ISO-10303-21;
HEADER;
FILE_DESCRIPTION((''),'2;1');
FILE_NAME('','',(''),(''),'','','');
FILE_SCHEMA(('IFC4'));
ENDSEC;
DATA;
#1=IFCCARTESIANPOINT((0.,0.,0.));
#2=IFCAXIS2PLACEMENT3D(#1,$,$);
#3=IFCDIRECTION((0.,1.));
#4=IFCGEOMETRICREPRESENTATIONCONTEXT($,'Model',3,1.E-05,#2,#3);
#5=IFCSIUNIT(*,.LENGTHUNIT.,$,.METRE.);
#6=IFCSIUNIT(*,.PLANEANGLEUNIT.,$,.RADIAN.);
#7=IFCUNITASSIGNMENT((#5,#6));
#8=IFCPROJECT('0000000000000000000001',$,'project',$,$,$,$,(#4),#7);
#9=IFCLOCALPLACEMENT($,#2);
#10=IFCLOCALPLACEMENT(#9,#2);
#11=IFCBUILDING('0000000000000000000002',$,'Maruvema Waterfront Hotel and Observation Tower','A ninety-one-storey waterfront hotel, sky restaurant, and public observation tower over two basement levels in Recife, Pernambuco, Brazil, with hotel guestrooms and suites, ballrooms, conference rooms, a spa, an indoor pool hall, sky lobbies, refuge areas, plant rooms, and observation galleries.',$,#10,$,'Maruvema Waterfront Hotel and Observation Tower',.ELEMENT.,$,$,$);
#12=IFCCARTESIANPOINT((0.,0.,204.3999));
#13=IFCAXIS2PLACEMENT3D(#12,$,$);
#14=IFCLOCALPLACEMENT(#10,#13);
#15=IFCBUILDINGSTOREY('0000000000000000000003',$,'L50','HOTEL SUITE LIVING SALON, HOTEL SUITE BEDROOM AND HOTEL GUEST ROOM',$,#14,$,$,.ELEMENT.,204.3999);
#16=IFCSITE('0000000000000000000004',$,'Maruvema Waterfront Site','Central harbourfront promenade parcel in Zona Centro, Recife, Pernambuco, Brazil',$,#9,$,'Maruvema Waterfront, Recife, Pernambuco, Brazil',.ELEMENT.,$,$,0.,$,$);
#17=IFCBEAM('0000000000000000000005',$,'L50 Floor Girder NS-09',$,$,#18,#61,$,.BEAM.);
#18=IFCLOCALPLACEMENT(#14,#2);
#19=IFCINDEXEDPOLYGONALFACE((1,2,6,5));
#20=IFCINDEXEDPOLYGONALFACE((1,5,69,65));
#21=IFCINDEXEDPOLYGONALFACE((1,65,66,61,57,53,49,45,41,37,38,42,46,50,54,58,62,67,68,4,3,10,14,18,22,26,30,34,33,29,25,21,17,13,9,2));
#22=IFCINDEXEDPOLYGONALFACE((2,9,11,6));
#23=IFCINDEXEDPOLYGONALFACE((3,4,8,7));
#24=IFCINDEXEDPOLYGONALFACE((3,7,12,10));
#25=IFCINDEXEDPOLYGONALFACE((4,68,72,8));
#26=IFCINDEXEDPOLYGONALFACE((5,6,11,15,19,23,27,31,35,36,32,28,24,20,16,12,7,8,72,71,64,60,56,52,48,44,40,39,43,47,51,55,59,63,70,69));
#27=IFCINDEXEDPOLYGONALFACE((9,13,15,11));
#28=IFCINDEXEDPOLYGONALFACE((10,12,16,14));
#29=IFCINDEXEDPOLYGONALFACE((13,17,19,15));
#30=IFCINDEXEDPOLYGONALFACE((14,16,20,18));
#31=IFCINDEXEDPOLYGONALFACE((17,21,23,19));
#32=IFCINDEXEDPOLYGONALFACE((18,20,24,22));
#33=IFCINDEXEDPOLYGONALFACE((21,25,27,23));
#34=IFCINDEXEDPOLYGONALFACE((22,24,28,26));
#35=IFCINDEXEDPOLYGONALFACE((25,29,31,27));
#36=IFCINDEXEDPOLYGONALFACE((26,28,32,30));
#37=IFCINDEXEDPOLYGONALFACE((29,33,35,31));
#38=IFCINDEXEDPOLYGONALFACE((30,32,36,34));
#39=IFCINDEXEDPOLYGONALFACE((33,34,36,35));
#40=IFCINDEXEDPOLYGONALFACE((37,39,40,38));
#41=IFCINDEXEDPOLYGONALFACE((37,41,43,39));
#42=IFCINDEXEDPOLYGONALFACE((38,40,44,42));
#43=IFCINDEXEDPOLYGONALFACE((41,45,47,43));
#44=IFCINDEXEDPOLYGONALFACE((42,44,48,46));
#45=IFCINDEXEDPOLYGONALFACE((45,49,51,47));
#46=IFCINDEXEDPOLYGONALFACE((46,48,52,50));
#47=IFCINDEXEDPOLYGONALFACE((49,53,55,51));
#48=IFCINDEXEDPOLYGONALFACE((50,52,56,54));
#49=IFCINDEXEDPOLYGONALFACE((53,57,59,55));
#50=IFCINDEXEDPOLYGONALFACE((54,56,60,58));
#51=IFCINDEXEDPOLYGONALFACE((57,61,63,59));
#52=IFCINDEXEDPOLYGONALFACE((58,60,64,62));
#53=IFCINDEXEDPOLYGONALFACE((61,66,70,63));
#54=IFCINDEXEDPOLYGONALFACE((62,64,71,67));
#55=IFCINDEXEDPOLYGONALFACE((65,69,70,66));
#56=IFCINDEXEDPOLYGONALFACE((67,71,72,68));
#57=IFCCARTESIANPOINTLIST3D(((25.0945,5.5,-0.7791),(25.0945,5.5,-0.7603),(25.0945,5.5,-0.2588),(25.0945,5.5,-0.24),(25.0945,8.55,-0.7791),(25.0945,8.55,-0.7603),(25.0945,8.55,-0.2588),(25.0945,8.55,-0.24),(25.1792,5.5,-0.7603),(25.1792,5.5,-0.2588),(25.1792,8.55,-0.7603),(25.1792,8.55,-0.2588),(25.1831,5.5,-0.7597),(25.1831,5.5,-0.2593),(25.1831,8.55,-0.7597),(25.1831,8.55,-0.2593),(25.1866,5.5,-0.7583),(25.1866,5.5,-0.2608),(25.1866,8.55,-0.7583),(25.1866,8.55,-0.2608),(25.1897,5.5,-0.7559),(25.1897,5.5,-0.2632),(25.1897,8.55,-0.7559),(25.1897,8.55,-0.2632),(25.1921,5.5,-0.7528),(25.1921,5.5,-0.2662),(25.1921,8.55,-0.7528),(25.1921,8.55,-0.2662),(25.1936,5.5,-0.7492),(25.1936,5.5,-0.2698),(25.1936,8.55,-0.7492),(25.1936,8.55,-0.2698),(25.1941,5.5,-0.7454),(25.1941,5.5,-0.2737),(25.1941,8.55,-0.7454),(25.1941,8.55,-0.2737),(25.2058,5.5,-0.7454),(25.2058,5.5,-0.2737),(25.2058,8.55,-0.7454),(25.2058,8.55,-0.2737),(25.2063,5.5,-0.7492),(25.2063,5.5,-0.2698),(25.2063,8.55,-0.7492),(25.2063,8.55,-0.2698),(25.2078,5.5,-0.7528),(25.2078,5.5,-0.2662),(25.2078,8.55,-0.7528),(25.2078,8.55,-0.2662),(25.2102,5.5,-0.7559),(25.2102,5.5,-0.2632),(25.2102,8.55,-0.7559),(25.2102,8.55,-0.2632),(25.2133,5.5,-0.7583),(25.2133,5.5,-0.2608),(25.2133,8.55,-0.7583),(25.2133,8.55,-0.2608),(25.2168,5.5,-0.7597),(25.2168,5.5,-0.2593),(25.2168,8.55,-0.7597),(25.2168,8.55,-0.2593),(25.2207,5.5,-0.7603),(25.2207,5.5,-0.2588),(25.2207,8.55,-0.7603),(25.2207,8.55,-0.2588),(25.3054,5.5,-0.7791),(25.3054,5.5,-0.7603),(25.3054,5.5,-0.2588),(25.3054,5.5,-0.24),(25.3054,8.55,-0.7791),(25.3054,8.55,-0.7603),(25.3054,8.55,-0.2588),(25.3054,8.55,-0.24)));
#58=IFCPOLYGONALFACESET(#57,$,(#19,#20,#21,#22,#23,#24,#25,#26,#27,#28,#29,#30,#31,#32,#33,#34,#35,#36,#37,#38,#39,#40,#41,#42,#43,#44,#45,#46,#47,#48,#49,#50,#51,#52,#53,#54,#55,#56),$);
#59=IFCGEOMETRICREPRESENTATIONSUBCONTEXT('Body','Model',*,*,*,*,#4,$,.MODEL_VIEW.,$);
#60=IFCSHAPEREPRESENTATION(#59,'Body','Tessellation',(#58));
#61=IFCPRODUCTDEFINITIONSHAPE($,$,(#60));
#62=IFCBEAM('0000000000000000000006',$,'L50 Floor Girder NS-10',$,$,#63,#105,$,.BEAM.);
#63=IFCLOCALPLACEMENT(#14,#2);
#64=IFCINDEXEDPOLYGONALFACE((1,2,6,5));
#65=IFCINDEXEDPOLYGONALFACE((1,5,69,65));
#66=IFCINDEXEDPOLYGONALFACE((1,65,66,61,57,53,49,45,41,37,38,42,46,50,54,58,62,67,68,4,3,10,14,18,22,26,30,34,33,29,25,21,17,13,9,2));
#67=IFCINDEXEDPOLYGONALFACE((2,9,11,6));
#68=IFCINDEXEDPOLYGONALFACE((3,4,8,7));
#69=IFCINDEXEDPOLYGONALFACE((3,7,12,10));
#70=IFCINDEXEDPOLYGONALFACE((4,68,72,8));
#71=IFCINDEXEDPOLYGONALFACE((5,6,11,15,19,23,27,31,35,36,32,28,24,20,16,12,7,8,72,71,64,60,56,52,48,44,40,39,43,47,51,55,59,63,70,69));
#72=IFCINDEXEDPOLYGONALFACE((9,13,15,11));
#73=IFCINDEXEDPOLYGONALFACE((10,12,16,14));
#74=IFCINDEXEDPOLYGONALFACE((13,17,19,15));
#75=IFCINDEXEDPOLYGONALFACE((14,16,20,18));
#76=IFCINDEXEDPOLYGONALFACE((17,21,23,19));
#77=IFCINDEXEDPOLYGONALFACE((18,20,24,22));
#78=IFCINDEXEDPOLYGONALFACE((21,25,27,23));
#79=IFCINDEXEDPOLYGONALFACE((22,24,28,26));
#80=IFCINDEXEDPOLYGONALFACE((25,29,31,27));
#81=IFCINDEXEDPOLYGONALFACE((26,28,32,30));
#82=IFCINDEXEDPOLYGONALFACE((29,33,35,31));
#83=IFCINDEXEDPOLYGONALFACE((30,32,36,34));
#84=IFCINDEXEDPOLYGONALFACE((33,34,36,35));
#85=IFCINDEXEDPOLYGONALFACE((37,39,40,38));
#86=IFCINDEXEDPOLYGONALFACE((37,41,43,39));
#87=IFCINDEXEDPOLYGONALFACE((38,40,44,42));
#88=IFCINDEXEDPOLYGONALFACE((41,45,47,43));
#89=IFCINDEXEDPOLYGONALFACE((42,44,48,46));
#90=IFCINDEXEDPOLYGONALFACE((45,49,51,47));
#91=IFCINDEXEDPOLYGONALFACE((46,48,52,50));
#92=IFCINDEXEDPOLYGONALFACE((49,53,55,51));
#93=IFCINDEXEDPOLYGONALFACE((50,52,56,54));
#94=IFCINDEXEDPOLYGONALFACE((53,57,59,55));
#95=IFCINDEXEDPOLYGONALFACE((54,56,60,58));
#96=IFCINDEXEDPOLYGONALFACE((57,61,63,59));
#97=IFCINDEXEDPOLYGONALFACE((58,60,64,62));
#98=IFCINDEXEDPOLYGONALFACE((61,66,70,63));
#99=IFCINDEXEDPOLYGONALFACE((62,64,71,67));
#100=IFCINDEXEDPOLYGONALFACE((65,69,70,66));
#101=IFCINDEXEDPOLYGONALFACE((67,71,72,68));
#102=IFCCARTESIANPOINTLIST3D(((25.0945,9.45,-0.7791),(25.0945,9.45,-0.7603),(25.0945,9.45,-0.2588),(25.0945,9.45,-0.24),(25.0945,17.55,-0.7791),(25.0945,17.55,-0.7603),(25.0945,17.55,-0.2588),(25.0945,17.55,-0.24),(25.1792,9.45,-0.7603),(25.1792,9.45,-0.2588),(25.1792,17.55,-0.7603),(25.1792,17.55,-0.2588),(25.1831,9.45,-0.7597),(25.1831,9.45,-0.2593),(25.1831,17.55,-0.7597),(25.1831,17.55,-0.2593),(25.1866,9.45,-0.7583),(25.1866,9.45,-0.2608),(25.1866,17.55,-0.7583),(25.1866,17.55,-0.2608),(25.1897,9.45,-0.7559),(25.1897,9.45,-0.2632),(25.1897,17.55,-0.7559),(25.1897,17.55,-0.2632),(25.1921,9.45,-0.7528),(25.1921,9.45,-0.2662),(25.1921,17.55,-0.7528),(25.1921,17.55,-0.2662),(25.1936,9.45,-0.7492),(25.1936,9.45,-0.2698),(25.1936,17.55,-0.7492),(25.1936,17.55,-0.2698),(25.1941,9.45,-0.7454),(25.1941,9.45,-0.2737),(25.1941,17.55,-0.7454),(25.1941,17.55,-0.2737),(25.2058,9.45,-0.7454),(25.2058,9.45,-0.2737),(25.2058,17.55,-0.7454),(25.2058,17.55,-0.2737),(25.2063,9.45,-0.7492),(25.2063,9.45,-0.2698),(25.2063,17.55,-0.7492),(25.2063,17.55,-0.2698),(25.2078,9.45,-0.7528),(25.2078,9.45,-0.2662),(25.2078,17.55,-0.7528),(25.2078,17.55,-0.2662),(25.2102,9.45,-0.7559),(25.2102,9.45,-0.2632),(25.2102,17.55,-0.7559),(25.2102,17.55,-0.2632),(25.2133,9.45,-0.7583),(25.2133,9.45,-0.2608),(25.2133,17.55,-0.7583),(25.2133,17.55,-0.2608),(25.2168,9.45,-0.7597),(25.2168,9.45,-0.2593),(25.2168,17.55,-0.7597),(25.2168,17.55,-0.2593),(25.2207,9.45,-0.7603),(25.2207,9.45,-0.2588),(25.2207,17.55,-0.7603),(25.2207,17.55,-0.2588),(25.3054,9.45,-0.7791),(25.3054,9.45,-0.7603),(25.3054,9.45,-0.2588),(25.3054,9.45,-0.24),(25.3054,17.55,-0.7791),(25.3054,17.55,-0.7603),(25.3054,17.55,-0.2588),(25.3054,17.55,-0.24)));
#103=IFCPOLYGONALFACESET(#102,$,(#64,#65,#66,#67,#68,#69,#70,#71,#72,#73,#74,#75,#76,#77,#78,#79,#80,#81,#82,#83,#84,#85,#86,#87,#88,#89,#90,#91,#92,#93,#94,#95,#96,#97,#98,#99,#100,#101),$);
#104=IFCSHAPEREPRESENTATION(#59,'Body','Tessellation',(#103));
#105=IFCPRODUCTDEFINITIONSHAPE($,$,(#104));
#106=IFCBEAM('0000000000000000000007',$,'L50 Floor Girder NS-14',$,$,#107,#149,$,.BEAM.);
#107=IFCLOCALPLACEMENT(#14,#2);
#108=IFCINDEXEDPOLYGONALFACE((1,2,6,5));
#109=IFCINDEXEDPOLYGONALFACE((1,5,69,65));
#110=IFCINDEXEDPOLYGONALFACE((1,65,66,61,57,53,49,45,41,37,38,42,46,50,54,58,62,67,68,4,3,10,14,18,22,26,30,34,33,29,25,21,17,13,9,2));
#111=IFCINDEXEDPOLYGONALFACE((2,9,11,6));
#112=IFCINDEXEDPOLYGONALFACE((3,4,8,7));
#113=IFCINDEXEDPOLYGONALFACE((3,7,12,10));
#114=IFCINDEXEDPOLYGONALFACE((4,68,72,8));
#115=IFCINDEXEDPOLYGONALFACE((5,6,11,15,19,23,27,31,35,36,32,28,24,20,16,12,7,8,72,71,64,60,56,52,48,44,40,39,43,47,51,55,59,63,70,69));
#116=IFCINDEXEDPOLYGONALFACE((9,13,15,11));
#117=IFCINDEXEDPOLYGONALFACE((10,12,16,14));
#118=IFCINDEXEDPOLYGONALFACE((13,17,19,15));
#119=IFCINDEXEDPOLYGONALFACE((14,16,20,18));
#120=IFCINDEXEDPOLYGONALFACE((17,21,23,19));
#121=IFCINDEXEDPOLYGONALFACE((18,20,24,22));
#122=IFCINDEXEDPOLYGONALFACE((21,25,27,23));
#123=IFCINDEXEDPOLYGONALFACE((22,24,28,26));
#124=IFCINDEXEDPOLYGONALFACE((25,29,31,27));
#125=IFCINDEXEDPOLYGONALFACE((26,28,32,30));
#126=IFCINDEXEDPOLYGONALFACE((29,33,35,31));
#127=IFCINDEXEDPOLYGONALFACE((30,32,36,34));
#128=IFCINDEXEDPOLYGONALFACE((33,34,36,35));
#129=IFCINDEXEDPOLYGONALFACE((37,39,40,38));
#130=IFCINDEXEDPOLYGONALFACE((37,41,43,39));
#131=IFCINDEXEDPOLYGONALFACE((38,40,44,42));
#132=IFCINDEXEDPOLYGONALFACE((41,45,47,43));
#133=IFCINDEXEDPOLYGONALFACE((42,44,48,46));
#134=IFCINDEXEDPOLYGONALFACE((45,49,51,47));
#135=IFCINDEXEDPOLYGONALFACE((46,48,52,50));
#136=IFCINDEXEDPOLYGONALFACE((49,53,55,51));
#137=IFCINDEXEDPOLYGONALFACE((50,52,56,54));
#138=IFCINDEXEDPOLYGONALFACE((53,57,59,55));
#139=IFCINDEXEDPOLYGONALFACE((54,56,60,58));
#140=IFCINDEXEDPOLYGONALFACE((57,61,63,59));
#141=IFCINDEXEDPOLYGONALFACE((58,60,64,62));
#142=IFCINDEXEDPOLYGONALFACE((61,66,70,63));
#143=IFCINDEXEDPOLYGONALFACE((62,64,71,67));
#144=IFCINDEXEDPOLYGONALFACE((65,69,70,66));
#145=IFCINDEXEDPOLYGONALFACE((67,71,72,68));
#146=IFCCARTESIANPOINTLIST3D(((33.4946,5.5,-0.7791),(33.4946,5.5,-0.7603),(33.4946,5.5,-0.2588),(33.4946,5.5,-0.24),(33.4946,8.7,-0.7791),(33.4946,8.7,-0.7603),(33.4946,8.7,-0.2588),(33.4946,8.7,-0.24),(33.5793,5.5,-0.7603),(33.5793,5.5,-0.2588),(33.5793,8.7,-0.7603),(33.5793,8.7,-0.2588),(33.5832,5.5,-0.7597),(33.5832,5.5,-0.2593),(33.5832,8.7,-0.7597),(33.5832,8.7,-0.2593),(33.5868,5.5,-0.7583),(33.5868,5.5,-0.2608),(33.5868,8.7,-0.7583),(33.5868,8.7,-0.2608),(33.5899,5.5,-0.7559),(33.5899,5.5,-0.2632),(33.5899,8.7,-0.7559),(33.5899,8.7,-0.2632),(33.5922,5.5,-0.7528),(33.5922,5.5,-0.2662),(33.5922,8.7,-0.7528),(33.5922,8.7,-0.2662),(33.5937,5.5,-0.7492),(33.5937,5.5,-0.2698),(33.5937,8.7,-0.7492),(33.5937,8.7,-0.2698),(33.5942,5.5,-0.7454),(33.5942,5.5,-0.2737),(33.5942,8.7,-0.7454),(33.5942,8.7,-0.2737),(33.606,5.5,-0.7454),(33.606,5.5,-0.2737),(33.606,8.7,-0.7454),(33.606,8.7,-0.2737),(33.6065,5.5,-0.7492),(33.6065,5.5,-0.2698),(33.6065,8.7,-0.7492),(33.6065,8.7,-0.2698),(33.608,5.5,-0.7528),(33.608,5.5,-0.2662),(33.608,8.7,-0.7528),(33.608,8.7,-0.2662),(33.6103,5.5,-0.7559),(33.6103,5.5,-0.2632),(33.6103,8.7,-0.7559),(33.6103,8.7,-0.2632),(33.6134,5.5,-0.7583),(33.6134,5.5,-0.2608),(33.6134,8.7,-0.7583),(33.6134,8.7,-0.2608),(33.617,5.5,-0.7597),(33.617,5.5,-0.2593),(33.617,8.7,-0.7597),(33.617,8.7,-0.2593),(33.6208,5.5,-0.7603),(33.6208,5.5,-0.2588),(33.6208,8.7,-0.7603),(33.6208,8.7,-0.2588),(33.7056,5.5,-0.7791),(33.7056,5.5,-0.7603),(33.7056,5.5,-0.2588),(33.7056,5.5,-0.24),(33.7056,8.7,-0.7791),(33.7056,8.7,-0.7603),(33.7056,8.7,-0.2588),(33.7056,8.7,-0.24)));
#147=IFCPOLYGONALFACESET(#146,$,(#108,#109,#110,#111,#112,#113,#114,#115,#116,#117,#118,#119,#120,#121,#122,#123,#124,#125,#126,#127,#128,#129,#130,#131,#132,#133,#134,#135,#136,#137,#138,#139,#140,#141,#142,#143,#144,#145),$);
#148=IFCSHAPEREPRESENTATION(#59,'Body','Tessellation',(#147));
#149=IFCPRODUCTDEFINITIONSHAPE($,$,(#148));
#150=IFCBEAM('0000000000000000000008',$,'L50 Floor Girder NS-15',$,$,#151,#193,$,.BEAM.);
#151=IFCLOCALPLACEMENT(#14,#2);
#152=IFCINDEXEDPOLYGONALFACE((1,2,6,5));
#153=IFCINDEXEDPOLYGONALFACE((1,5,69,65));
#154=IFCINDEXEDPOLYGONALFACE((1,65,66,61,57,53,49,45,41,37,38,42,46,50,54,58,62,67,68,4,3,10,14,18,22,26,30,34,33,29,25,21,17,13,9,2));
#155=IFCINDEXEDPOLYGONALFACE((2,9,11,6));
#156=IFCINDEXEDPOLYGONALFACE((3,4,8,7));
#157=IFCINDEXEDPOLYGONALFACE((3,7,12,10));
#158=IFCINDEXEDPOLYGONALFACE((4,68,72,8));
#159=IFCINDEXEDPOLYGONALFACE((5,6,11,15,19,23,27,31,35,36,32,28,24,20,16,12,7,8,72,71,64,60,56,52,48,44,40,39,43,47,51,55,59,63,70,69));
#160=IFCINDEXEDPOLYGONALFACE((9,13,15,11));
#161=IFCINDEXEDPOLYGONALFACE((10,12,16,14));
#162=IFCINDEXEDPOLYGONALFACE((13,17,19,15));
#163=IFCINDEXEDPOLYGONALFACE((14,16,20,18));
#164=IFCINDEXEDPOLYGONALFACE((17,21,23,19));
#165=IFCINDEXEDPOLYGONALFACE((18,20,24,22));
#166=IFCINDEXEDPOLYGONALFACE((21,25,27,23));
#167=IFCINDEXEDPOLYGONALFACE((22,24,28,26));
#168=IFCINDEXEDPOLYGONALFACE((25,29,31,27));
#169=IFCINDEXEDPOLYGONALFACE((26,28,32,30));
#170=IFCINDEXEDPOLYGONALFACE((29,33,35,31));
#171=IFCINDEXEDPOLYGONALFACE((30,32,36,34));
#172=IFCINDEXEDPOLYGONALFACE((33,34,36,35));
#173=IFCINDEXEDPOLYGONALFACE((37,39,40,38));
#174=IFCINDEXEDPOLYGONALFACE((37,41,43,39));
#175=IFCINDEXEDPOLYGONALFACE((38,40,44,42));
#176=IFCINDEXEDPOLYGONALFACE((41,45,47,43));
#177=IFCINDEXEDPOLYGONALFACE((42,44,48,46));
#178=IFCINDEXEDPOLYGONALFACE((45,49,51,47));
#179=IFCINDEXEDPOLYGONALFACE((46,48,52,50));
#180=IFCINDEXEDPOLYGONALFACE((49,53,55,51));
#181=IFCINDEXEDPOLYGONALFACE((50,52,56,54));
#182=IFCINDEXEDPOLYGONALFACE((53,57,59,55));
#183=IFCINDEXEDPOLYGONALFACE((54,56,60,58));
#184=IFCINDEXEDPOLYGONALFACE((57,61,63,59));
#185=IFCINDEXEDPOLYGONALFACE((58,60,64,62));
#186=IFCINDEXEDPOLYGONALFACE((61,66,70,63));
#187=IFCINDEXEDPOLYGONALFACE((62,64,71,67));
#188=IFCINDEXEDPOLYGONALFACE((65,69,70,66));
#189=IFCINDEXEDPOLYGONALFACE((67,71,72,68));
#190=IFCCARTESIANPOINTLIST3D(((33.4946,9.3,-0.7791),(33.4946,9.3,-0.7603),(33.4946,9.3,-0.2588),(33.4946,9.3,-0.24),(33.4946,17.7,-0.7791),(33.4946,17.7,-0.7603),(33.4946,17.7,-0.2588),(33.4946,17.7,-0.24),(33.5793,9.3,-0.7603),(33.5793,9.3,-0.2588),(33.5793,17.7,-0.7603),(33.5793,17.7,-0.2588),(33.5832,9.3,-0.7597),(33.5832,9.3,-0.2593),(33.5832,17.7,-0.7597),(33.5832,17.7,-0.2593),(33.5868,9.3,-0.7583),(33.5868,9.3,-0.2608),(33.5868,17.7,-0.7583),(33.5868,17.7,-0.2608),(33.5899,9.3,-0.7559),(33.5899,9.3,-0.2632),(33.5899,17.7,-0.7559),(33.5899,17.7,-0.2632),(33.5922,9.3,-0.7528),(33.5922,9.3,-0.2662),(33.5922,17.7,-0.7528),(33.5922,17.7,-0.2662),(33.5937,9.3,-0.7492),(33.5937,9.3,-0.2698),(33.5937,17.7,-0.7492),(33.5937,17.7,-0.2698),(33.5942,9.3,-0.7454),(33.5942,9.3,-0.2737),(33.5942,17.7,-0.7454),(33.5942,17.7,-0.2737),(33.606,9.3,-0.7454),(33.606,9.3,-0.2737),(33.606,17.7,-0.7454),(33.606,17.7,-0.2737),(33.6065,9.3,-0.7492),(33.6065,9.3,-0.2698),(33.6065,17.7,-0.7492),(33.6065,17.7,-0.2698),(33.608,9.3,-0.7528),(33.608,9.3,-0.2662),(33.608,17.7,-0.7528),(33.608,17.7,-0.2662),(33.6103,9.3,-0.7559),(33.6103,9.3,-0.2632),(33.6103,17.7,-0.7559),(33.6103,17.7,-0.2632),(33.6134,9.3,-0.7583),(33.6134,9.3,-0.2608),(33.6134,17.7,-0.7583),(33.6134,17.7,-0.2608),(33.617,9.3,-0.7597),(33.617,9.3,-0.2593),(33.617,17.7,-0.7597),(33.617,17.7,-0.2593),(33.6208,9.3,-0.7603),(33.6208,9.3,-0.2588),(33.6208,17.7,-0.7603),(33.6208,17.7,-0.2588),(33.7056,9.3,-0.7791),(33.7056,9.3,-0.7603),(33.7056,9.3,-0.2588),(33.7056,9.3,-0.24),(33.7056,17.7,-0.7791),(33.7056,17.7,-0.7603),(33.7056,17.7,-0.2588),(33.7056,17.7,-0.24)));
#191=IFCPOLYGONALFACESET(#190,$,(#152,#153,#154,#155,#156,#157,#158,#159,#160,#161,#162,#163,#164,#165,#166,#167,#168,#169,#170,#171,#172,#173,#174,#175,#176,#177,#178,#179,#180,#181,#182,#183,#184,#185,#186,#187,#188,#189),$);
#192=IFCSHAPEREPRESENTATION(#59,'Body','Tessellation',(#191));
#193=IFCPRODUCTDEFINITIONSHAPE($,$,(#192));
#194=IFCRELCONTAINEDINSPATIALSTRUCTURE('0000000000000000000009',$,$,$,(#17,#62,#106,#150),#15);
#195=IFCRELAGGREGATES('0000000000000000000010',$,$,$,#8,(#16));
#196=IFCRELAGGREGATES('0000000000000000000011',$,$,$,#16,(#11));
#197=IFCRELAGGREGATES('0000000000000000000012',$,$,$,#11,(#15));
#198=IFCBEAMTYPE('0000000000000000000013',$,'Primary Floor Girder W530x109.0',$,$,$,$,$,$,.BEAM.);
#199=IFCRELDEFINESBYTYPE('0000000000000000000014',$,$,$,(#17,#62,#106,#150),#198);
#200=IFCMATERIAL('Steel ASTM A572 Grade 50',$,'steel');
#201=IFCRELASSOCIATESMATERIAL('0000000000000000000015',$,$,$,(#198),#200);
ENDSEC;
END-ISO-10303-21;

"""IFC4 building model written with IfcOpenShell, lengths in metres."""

from ifc_helpers import new_model, si_unit, direction, frame, origin, origin_2d, place, context, subcontext, project, spatial, i_section, extrude, material, material_profile, profile_set, type_object, element, save


model = new_model("IFC4")

# Units and contexts
model_context = context("Model", 3, precision=1e-05, world=origin(), true_north=direction((0.0, 1.0)))
body_context = subcontext(model_context, "Body", "Model", "MODEL_VIEW")
ifc_project = project(units=[si_unit("LENGTHUNIT", "METRE"), si_unit("PLANEANGLEUNIT", "RADIAN")], contexts=[model_context])

# Site, building, storey
site_placement = place(None, origin())
site = spatial("IfcSite", under=ifc_project, at=site_placement, Name="Maruvema Waterfront Site", Description="Central harbourfront promenade parcel in Zona Centro, Recife, Pernambuco, Brazil", LongName="Maruvema Waterfront, Recife, Pernambuco, Brazil", CompositionType="ELEMENT", RefElevation=0.0)
building_placement = place(site_placement, origin())
building = spatial("IfcBuilding", under=site, at=building_placement, Name="Maruvema Waterfront Hotel and Observation Tower", Description="A ninety-one-storey waterfront hotel, sky restaurant, and public observation tower over two basement levels in Recife, Pernambuco, Brazil, with hotel guestrooms and suites, ballrooms, conference rooms, a spa, an indoor pool hall, sky lobbies, refuge areas, plant rooms, and observation galleries.", LongName="Maruvema Waterfront Hotel and Observation Tower", CompositionType="ELEMENT")
storey_placement = place(building_placement, frame((0.0, 0.0, 204.3999)))
storey = spatial("IfcBuildingStorey", under=building, at=storey_placement, Name="L50", Description="HOTEL SUITE LIVING SALON, HOTEL SUITE BEDROOM AND HOTEL GUEST ROOM", CompositionType="ELEMENT", Elevation=204.3999)

# Beams
ifc_material_1 = material(Name="Steel ASTM A572 Grade 50", Category="steel")
ifc_material_profile_1 = material_profile(ifc_material_1, i_section(OverallWidth=0.2109, OverallDepth=0.5391, WebThickness=0.0117, FlangeThickness=0.0188, FilletRadius=0.0149, at=origin_2d()), Name="W530x109.0")
ifc_profile_set_1 = profile_set([ifc_material_profile_1], Name="Steel ASTM A572 Grade 50")
beam_type_1 = type_object("IfcBeamType", Name="Primary Floor Girder W530x109.0", PredefinedType="BEAM", material=ifc_profile_set_1)
beam_1_placement = place(storey_placement, frame((25.2, 5.5, -0.5095), z_axis=(0.0, 1.0, 0.0), x_axis=(-1.0, 0.0, 0.0)))
element("IfcBeam", 1, at=beam_1_placement, inside=storey, type_object=beam_type_1, Name="L50 Floor Girder NS-09", PredefinedType="BEAM", context=body_context, shape_type="SweptSolid", body=[
    extrude(i_section(OverallWidth=0.2109, OverallDepth=0.5391, WebThickness=0.0117, FlangeThickness=0.0188, FilletRadius=0.0149, at=origin_2d()), origin(), (0.0, 0.0, 1.0), 3.05),
])
beam_2_placement = place(storey_placement, frame((25.2, 9.45, -0.5095), z_axis=(0.0, 1.0, 0.0), x_axis=(-1.0, 0.0, 0.0)))
element("IfcBeam", 2, at=beam_2_placement, inside=storey, type_object=beam_type_1, Name="L50 Floor Girder NS-10", PredefinedType="BEAM", context=body_context, shape_type="SweptSolid", body=[
    extrude(i_section(OverallWidth=0.2109, OverallDepth=0.5391, WebThickness=0.0117, FlangeThickness=0.0188, FilletRadius=0.0149, at=origin_2d()), origin(), (0.0, 0.0, 1.0), 8.1001),
])
beam_3_placement = place(storey_placement, frame((33.6001, 5.5, -0.5095), z_axis=(0.0, 1.0, 0.0), x_axis=(-1.0, 0.0, 0.0)))
element("IfcBeam", 3, at=beam_3_placement, inside=storey, type_object=beam_type_1, Name="L50 Floor Girder NS-14", PredefinedType="BEAM", context=body_context, shape_type="SweptSolid", body=[
    extrude(i_section(OverallWidth=0.2109, OverallDepth=0.5391, WebThickness=0.0117, FlangeThickness=0.0188, FilletRadius=0.0149, at=origin_2d()), origin(), (0.0, 0.0, 1.0), 3.2),
])
beam_4_placement = place(storey_placement, frame((33.6001, 9.3, -0.5095), z_axis=(0.0, 1.0, 0.0), x_axis=(-1.0, 0.0, 0.0)))
element("IfcBeam", 4, at=beam_4_placement, inside=storey, type_object=beam_type_1, Name="L50 Floor Girder NS-15", PredefinedType="BEAM", context=body_context, shape_type="SweptSolid", body=[
    extrude(i_section(OverallWidth=0.2109, OverallDepth=0.5391, WebThickness=0.0117, FlangeThickness=0.0188, FilletRadius=0.0149, at=origin_2d()), origin(), (0.0, 0.0, 1.0), 8.3999),
])

save(model, "model.ifc")
